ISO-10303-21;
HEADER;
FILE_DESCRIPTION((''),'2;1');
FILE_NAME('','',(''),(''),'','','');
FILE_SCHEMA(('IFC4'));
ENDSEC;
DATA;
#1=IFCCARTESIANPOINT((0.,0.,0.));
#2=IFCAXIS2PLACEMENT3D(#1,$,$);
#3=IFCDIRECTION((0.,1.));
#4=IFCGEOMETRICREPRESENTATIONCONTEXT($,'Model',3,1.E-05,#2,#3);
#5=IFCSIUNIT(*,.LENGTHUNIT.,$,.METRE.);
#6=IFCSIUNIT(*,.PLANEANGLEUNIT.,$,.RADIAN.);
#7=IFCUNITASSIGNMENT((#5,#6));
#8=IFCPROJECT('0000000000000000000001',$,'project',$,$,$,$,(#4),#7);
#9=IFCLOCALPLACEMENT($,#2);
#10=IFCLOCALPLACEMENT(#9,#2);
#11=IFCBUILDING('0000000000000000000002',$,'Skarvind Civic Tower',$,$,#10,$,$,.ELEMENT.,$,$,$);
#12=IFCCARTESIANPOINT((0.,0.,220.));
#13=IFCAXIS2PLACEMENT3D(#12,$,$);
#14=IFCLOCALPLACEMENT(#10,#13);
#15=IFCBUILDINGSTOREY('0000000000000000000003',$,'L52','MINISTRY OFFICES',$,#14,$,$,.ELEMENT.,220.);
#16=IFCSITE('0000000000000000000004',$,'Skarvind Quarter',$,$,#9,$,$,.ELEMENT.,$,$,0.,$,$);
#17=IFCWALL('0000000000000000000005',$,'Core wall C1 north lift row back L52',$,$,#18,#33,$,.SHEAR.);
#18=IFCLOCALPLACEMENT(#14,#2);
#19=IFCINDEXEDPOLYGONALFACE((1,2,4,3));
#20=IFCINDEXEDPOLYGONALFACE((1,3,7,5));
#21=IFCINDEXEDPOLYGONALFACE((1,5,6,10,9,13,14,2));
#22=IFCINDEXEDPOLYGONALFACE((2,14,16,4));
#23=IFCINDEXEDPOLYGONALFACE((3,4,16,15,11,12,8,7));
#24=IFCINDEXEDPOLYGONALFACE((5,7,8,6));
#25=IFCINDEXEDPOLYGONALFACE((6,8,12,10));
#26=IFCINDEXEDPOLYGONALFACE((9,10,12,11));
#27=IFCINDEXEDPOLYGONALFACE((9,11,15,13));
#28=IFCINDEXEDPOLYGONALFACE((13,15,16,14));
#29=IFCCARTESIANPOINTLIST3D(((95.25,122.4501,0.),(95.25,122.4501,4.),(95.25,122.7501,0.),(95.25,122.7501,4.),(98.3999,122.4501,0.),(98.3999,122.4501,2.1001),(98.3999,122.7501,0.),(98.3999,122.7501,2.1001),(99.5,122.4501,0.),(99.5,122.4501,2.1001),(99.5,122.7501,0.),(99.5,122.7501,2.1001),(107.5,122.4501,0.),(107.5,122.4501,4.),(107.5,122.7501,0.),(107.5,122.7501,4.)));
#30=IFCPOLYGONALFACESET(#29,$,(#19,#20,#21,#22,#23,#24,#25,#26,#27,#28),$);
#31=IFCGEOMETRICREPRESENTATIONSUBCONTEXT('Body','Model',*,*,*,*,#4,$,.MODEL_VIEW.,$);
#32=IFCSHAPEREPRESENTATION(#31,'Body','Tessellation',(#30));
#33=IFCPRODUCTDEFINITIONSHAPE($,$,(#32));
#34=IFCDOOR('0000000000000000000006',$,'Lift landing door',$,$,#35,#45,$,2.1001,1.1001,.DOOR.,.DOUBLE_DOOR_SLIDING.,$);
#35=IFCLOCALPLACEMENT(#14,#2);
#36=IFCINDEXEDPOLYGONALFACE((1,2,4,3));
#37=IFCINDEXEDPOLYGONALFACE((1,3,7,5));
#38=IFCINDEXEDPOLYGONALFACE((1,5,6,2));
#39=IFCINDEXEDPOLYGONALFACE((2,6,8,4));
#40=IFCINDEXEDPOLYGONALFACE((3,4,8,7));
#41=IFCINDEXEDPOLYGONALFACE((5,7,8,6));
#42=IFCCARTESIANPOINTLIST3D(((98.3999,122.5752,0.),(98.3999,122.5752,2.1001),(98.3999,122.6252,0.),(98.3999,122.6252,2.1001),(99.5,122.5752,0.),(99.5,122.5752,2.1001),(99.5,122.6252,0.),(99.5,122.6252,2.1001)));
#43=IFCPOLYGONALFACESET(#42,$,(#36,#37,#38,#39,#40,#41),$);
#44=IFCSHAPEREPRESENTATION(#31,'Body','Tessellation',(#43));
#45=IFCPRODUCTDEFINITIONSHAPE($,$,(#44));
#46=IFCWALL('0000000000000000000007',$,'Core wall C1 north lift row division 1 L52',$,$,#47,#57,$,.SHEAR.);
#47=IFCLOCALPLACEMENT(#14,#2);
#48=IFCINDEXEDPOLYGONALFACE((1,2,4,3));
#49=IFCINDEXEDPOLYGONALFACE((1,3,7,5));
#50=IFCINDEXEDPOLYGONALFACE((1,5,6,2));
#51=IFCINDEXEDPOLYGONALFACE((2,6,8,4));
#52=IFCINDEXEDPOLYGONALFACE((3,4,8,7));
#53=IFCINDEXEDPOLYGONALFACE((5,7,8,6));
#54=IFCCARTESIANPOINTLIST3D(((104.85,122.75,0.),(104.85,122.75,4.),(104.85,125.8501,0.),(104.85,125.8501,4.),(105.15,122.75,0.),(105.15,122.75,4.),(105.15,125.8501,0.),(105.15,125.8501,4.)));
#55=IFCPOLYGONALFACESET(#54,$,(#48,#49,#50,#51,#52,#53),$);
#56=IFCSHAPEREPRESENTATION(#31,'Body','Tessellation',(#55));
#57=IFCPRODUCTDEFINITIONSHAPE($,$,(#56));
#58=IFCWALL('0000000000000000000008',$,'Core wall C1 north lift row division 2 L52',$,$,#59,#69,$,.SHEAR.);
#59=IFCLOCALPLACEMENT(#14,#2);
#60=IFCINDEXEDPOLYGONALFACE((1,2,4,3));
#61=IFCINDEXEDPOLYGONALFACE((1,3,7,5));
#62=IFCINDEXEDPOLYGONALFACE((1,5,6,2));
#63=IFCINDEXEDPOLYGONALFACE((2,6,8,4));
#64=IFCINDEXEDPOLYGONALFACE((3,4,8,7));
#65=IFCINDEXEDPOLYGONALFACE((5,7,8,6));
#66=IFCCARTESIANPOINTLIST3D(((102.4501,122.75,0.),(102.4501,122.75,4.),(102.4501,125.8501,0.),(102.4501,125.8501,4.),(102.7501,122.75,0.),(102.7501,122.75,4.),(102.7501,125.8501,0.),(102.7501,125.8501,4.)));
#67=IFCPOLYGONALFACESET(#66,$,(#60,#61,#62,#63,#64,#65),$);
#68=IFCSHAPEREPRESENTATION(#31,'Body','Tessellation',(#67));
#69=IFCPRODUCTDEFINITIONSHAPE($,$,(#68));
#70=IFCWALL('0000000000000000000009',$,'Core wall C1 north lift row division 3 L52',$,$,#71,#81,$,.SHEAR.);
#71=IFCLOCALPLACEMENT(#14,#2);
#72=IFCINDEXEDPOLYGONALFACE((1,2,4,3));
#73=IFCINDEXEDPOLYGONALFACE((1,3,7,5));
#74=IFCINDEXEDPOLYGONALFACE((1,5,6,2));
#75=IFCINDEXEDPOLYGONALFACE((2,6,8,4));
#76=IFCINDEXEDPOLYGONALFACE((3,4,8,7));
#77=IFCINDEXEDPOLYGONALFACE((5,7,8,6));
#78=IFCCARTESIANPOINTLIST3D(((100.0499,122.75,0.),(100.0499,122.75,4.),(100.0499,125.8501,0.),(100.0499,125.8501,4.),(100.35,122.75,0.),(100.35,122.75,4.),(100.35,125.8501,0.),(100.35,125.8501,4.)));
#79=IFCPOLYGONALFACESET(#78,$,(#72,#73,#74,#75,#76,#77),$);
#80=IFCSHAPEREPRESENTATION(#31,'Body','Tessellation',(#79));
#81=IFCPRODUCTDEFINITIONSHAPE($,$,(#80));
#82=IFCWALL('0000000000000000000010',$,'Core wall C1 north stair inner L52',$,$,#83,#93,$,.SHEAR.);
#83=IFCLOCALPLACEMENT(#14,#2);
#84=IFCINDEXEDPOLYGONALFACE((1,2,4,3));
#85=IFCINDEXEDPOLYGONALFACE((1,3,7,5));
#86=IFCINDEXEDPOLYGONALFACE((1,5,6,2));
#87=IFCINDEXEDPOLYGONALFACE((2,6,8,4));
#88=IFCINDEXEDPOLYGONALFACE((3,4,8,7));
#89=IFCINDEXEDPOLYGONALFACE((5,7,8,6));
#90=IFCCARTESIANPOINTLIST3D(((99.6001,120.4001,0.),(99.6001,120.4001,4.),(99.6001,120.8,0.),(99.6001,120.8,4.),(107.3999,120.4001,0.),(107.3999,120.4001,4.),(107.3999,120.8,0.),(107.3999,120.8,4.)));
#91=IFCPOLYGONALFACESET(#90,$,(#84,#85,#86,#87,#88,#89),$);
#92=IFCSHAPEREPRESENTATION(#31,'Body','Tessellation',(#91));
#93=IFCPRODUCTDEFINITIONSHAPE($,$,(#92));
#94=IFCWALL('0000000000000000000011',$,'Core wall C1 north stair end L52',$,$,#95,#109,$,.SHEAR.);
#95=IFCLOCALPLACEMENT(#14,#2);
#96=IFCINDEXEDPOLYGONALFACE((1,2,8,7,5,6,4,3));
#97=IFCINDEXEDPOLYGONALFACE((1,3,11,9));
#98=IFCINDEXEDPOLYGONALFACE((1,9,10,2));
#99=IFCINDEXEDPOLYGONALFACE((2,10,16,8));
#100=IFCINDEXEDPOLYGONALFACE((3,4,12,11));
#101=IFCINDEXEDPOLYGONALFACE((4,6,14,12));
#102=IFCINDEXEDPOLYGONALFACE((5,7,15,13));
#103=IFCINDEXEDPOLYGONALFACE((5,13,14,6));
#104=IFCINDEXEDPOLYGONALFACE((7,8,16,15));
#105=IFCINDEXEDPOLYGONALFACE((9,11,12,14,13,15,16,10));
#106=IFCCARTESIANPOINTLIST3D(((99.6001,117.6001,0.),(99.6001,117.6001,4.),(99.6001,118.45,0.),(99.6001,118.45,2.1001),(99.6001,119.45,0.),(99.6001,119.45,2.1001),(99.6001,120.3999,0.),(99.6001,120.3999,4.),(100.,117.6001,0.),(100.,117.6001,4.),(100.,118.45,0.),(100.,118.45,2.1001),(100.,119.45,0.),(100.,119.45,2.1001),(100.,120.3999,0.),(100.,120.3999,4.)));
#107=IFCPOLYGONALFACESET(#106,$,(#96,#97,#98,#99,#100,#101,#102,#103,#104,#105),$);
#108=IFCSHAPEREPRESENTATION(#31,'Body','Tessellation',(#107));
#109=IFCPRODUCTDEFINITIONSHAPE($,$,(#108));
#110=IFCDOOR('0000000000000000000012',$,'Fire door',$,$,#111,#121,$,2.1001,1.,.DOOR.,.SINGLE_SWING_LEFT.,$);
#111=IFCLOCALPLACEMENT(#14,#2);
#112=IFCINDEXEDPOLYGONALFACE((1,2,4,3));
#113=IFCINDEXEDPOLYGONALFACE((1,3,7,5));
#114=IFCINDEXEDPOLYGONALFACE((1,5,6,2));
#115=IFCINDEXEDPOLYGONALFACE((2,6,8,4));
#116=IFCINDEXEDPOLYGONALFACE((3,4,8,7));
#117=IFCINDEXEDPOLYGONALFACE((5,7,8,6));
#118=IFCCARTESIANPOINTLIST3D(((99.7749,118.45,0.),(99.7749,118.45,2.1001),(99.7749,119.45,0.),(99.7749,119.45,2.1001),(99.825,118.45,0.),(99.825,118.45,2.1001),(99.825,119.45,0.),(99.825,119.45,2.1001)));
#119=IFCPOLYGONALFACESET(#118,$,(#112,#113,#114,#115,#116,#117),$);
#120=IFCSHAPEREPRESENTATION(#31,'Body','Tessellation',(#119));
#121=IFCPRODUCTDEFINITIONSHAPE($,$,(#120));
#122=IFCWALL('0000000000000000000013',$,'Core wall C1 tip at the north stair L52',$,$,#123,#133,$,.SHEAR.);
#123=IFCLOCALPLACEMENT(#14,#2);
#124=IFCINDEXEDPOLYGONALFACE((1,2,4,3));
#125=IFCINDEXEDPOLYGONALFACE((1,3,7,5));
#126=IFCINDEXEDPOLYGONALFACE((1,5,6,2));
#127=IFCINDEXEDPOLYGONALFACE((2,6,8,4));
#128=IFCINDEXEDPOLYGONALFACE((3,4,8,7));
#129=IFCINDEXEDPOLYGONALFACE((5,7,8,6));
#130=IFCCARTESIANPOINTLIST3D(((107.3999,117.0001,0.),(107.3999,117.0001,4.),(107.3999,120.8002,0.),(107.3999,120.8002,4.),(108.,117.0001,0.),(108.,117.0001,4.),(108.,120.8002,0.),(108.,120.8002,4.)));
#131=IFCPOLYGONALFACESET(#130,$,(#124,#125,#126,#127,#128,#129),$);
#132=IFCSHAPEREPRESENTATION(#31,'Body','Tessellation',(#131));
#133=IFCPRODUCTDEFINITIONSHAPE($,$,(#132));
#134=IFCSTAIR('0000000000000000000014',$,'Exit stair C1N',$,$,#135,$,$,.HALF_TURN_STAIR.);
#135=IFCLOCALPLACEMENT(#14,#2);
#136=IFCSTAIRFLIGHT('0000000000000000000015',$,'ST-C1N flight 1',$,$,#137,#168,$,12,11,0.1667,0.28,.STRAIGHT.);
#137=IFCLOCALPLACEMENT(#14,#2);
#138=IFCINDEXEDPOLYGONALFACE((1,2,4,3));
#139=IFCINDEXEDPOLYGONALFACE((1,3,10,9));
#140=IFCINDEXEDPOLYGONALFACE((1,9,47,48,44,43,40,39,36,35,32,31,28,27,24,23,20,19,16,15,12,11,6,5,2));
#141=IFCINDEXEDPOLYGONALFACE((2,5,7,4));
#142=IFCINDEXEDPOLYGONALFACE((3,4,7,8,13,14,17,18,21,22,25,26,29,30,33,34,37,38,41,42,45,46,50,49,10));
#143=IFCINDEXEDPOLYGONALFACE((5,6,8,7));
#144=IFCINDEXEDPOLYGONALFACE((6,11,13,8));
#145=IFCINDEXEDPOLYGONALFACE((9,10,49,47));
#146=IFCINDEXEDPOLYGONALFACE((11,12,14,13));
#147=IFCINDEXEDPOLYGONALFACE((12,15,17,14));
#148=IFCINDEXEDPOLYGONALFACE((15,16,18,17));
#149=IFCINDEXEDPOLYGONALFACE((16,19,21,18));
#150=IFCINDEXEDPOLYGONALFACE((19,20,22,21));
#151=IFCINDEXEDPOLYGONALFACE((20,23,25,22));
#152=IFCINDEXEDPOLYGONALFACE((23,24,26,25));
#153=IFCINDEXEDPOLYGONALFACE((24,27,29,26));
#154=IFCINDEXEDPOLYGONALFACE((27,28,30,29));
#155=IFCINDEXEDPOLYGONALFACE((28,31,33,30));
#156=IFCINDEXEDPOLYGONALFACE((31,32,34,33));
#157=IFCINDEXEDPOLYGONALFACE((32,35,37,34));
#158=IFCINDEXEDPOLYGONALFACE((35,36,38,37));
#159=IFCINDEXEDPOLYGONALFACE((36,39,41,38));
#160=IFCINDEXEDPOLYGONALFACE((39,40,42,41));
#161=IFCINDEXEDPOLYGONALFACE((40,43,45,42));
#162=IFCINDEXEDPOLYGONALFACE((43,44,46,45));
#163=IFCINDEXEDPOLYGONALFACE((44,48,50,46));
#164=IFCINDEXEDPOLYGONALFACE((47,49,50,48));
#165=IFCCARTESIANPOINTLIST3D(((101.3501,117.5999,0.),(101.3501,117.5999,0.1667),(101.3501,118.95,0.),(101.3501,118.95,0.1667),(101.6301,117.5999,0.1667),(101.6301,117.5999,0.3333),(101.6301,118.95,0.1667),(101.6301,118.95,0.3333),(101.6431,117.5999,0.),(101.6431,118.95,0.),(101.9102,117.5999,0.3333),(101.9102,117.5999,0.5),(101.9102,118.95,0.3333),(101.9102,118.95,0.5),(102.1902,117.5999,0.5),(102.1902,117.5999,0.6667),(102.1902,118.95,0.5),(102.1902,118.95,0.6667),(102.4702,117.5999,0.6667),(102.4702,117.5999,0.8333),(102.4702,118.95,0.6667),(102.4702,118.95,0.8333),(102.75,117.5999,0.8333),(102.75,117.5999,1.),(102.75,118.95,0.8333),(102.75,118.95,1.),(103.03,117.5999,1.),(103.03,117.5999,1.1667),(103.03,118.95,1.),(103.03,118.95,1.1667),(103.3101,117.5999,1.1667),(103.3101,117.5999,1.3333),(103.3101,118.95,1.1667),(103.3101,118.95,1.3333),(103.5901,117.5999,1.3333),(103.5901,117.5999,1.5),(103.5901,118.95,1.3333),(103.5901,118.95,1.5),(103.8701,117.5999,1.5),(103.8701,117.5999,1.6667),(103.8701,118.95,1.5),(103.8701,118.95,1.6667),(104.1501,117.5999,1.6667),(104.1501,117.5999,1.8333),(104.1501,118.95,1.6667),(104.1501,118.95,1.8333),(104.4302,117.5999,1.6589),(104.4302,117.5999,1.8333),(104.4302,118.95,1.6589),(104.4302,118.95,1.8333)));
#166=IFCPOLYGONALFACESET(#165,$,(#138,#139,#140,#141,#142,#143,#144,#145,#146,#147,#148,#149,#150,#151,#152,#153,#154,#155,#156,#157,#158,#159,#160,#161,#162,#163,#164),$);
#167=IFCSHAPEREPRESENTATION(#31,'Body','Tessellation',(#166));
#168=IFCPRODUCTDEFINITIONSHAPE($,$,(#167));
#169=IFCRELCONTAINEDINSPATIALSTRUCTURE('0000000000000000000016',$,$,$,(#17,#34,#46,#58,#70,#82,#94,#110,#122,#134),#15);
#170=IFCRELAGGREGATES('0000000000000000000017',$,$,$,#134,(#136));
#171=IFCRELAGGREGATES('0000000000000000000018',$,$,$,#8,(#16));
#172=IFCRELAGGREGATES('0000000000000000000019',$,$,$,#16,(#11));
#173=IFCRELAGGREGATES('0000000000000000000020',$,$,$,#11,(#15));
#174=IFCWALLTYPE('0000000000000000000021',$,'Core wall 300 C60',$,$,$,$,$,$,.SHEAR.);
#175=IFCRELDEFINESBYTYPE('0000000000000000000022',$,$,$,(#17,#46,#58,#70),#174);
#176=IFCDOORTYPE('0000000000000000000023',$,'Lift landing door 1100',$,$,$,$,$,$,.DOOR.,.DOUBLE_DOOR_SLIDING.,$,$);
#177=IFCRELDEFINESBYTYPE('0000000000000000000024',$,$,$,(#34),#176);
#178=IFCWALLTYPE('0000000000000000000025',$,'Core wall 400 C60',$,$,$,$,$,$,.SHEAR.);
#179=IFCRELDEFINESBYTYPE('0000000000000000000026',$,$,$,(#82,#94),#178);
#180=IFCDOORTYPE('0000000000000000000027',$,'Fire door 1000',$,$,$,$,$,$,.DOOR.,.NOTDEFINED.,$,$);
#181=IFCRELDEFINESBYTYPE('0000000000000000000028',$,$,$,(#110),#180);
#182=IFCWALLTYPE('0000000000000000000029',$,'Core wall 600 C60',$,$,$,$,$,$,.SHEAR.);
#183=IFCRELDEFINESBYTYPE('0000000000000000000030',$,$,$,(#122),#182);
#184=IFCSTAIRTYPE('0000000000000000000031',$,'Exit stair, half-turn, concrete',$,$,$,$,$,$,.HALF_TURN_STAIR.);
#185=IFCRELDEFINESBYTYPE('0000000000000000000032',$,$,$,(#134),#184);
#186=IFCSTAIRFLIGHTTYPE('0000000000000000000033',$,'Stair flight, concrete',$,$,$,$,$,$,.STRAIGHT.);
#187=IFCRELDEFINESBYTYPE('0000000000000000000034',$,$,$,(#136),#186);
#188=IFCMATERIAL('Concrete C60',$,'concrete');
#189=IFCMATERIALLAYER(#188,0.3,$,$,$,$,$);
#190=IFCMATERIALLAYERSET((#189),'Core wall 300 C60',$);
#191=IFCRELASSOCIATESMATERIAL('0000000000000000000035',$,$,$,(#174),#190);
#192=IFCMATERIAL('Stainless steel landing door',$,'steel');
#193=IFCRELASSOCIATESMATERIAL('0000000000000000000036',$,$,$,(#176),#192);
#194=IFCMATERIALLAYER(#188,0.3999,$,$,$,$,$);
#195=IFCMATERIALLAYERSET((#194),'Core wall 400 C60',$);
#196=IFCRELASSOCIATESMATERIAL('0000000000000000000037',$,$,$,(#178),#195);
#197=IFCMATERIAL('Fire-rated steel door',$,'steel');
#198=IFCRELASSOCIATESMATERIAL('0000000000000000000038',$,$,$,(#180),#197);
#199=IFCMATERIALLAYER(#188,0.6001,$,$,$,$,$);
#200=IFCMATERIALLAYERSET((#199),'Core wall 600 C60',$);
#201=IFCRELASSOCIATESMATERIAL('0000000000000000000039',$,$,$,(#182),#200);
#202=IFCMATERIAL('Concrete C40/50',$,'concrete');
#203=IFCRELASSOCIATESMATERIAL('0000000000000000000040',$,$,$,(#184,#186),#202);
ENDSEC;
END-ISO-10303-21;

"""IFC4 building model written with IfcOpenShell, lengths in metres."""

from ifc_helpers import new_model, si_unit, direction, frame, frame_2d, origin, place, context, subcontext, project, spatial, polyline, rectangle, outline, extrude, material, layer, layer_set, type_object, element, fill, aggregate, save


model = new_model("IFC4")

# Units and contexts
model_context = context("Model", 3, precision=1e-05, world=origin(), true_north=direction((0.0, 1.0)))
body_context = subcontext(model_context, "Body", "Model", "MODEL_VIEW")
ifc_project = project(units=[si_unit("LENGTHUNIT", "METRE"), si_unit("PLANEANGLEUNIT", "RADIAN")], contexts=[model_context])

# Site, building, storey
site_placement = place(None, origin())
site = spatial("IfcSite", under=ifc_project, at=site_placement, Name="Skarvind Quarter", CompositionType="ELEMENT", RefElevation=0.0)
building_placement = place(site_placement, origin())
building = spatial("IfcBuilding", under=site, at=building_placement, Name="Skarvind Civic Tower", CompositionType="ELEMENT")
storey_placement = place(building_placement, frame((0.0, 0.0, 220.0)))
storey = spatial("IfcBuildingStorey", under=building, at=storey_placement, Name="L52", Description="MINISTRY OFFICES", CompositionType="ELEMENT", Elevation=220.0)

# Shared definitions
ifc_material_1 = material(Name="Concrete C60", Category="concrete")
ifc_layer_1 = layer(ifc_material_1, 0.3)
ifc_layer_set_1 = layer_set([ifc_layer_1], Name="Core wall 300 C60")
wall_type_1 = type_object("IfcWallType", Name="Core wall 300 C60", PredefinedType="SHEAR", material=ifc_layer_set_1)
ifc_material_2 = material(Name="Fire-rated steel door", Category="steel")

# Shared definitions
ifc_material_3 = material(Name="Stainless steel landing door", Category="steel")
door_type_1 = type_object("IfcDoorType", Name="Lift landing door 1100", OperationType="DOUBLE_DOOR_SLIDING", PredefinedType="DOOR", material=ifc_material_3)

# Wall, opening, door
wall_1_placement = place(storey_placement, frame((107.5, 122.6001, 0.0), z_axis=(0.0, 0.0, 1.0), x_axis=(-1.0, 0.0, 0.0)))
wall_1 = element("IfcWall", 1, at=wall_1_placement, inside=storey, type_object=wall_type_1, Name="Core wall C1 north lift row back L52", PredefinedType="SHEAR", context=body_context, shape_type="SweptSolid", body=[
    extrude(rectangle(XDim=12.25, YDim=0.3, at=frame_2d((6.125, 0.0))), origin(), (0.0, 0.0, 1.0), 4.0),
])
opening_1_placement = place(wall_1_placement, frame((8.0, 0.0, 0.0)))
opening_1 = element("IfcOpeningElement", 2, at=opening_1_placement, cuts=wall_1, PredefinedType="OPENING", context=body_context, shape_type="SweptSolid", body=[
    extrude(rectangle(XDim=1.1001, YDim=2.1001, at=frame_2d((0.55, 1.05))), frame((0.0, 0.1599, 0.0), z_axis=(0.0, -1.0, 0.0), x_axis=(1.0, 0.0, 0.0)), (0.0, 0.0, 1.0), 0.3201),
])
door_1_placement = place(opening_1_placement, origin())
door_1 = element("IfcDoor", 3, at=door_1_placement, inside=storey, type_object=door_type_1, Name="Lift landing door", OperationType="DOUBLE_DOOR_SLIDING", OverallHeight=2.1001, OverallWidth=1.1001, PredefinedType="DOOR", context=body_context, shape_type="SweptSolid", body=[
    extrude(rectangle(XDim=1.1001, YDim=2.1001, at=frame_2d((0.55, 1.05))), frame((0.0, 0.0249, 0.0), z_axis=(0.0, -1.0, 0.0), x_axis=(1.0, 0.0, 0.0)), (0.0, 0.0, 1.0), 0.05),
])
fill(opening_1, door_1)

# Walls
for number, where, z_axis, x_axis, name in (
    (4, (105.0, 125.8501, 0.0), (0.0, 0.0, 1.0), (0.0, -1.0, 0.0), "Core wall C1 north lift row division 1 L52"),
    (5, (102.6001, 125.8501, 0.0), (0.0, 0.0, 1.0), (0.0, -1.0, 0.0), "Core wall C1 north lift row division 2 L52"),
    (6, (100.2, 125.8501, 0.0), (0.0, 0.0, 1.0), (0.0, -1.0, 0.0), "Core wall C1 north lift row division 3 L52"),
):
    element("IfcWall", number, at=place(storey_placement, frame(where, z_axis=z_axis, x_axis=x_axis)), inside=storey, type_object=wall_type_1, Name=name, PredefinedType="SHEAR", context=body_context, shape_type="SweptSolid", body=[
        extrude(rectangle(XDim=3.1001, YDim=0.3, at=frame_2d((1.55, 0.0))), origin(), (0.0, 0.0, 1.0), 4.0),
    ])
ifc_layer_2 = layer(ifc_material_1, 0.3999)
ifc_layer_set_2 = layer_set([ifc_layer_2], Name="Core wall 400 C60")
wall_type_2 = type_object("IfcWallType", Name="Core wall 400 C60", PredefinedType="SHEAR", material=ifc_layer_set_2)
wall_2_placement = place(storey_placement, frame((107.3999, 120.6001, 0.0), z_axis=(0.0, 0.0, 1.0), x_axis=(-1.0, 0.0, 0.0)))
element("IfcWall", 7, at=wall_2_placement, inside=storey, type_object=wall_type_2, Name="Core wall C1 north stair inner L52", PredefinedType="SHEAR", context=body_context, shape_type="SweptSolid", body=[
    extrude(rectangle(XDim=7.7998, YDim=0.3999, at=frame_2d((3.8999, 0.0))), origin(), (0.0, 0.0, 1.0), 4.0),
])

# Wall, opening, door
wall_3_placement = place(storey_placement, frame((99.8, 120.3999, 0.0), z_axis=(0.0, 0.0, 1.0), x_axis=(0.0, -1.0, 0.0)))
wall_3 = element("IfcWall", 8, at=wall_3_placement, inside=storey, type_object=wall_type_2, Name="Core wall C1 north stair end L52", PredefinedType="SHEAR", context=body_context, shape_type="SweptSolid", body=[
    extrude(rectangle(XDim=2.7998, YDim=0.3999, at=frame_2d((1.3999, 0.0))), origin(), (0.0, 0.0, 1.0), 4.0),
])
opening_2_placement = place(wall_3_placement, frame((0.95, 0.0, 0.0)))
opening_2 = element("IfcOpeningElement", 9, at=opening_2_placement, cuts=wall_3, PredefinedType="OPENING", context=body_context, shape_type="SweptSolid", body=[
    extrude(rectangle(XDim=1.0, YDim=2.1001, at=frame_2d((0.5, 1.05))), frame((0.0, 0.21, 0.0), z_axis=(0.0, -1.0, 0.0), x_axis=(1.0, 0.0, 0.0)), (0.0, 0.0, 1.0), 0.4199),
])
door_type_2 = type_object("IfcDoorType", Name="Fire door 1000", OperationType="NOTDEFINED", PredefinedType="DOOR", material=ifc_material_2)
door_2_placement = place(opening_2_placement, origin())
door_2 = element("IfcDoor", 10, at=door_2_placement, inside=storey, type_object=door_type_2, Name="Fire door", OperationType="SINGLE_SWING_LEFT", OverallHeight=2.1001, OverallWidth=1.0, PredefinedType="DOOR", context=body_context, shape_type="SweptSolid", body=[
    extrude(rectangle(XDim=1.0, YDim=2.1001, at=frame_2d((0.5, 1.05))), frame((0.0, 0.0249, 0.0), z_axis=(0.0, -1.0, 0.0), x_axis=(1.0, 0.0, 0.0)), (0.0, 0.0, 1.0), 0.05),
])
fill(opening_2, door_2)

# Wall
ifc_layer_3 = layer(ifc_material_1, 0.6001)
ifc_layer_set_3 = layer_set([ifc_layer_3], Name="Core wall 600 C60")
wall_type_3 = type_object("IfcWallType", Name="Core wall 600 C60", PredefinedType="SHEAR", material=ifc_layer_set_3)
wall_4_placement = place(storey_placement, frame((107.7, 120.8, 0.0), z_axis=(0.0, 0.0, 1.0), x_axis=(0.0, -1.0, 0.0)))
element("IfcWall", 11, at=wall_4_placement, inside=storey, type_object=wall_type_3, Name="Core wall C1 tip at the north stair L52", PredefinedType="SHEAR", context=body_context, shape_type="SweptSolid", body=[
    extrude(rectangle(XDim=3.8, YDim=0.6001, at=frame_2d((1.8999, 0.0))), origin(), (0.0, 0.0, 1.0), 4.0),
])

# Stair, stair flight
ifc_material_4 = material(Name="Concrete C40/50", Category="concrete")
stair_type = type_object("IfcStairType", Name="Exit stair, half-turn, concrete", PredefinedType="HALF_TURN_STAIR", material=ifc_material_4)
stair_placement = place(storey_placement, origin())
stair = element("IfcStair", 12, at=stair_placement, inside=storey, type_object=stair_type, Name="Exit stair C1N", PredefinedType="HALF_TURN_STAIR")
stair_flight_type = type_object("IfcStairFlightType", Name="Stair flight, concrete", PredefinedType="STRAIGHT", material=ifc_material_4)
stair_flight_1_placement = place(storey_placement, frame((101.3501, 118.2749, 0.0), z_axis=(0.0, 0.0, 1.0), x_axis=(1.0, 0.0, 0.0)))
stair_flight_1 = element("IfcStairFlight", 13, at=stair_flight_1_placement, type_object=stair_flight_type, Name="ST-C1N flight 1", NumberOfRisers=12, NumberOfTreads=11, PredefinedType="STRAIGHT", RiserHeight=0.1667, TreadLength=0.28, context=body_context, shape_type="SweptSolid", body=[
    extrude(outline(polyline([(0.0, 0.0), (0.0, 0.1667), (0.28, 0.1667), (0.28, 0.3333), (0.5601, 0.3333), (0.5601, 0.5), (0.8401, 0.5), (0.8401, 0.6667), (1.1201, 0.6667), (1.1201, 0.8333), (1.3999, 0.8333), (1.3999, 1.0), (1.6799, 1.0), (1.6799, 1.1667), (1.96, 1.1667), (1.96, 1.3333), (2.24, 1.3333), (2.24, 1.5), (2.52, 1.5), (2.52, 1.6667), (2.8, 1.6667), (2.8, 1.8333), (3.0801, 1.8333), (3.0801, 2.0), (3.0801, 1.6589), (0.293, 0.0), (0.0, 0.0)])), frame((0.0, 0.675, 0.0), z_axis=(0.0, -1.0, 0.0), x_axis=(1.0, 0.0, 0.0)), (0.0, 0.0, 1.0), 1.3501),
])
aggregate(stair, [stair_flight_1])

save(model, "model.ifc")
